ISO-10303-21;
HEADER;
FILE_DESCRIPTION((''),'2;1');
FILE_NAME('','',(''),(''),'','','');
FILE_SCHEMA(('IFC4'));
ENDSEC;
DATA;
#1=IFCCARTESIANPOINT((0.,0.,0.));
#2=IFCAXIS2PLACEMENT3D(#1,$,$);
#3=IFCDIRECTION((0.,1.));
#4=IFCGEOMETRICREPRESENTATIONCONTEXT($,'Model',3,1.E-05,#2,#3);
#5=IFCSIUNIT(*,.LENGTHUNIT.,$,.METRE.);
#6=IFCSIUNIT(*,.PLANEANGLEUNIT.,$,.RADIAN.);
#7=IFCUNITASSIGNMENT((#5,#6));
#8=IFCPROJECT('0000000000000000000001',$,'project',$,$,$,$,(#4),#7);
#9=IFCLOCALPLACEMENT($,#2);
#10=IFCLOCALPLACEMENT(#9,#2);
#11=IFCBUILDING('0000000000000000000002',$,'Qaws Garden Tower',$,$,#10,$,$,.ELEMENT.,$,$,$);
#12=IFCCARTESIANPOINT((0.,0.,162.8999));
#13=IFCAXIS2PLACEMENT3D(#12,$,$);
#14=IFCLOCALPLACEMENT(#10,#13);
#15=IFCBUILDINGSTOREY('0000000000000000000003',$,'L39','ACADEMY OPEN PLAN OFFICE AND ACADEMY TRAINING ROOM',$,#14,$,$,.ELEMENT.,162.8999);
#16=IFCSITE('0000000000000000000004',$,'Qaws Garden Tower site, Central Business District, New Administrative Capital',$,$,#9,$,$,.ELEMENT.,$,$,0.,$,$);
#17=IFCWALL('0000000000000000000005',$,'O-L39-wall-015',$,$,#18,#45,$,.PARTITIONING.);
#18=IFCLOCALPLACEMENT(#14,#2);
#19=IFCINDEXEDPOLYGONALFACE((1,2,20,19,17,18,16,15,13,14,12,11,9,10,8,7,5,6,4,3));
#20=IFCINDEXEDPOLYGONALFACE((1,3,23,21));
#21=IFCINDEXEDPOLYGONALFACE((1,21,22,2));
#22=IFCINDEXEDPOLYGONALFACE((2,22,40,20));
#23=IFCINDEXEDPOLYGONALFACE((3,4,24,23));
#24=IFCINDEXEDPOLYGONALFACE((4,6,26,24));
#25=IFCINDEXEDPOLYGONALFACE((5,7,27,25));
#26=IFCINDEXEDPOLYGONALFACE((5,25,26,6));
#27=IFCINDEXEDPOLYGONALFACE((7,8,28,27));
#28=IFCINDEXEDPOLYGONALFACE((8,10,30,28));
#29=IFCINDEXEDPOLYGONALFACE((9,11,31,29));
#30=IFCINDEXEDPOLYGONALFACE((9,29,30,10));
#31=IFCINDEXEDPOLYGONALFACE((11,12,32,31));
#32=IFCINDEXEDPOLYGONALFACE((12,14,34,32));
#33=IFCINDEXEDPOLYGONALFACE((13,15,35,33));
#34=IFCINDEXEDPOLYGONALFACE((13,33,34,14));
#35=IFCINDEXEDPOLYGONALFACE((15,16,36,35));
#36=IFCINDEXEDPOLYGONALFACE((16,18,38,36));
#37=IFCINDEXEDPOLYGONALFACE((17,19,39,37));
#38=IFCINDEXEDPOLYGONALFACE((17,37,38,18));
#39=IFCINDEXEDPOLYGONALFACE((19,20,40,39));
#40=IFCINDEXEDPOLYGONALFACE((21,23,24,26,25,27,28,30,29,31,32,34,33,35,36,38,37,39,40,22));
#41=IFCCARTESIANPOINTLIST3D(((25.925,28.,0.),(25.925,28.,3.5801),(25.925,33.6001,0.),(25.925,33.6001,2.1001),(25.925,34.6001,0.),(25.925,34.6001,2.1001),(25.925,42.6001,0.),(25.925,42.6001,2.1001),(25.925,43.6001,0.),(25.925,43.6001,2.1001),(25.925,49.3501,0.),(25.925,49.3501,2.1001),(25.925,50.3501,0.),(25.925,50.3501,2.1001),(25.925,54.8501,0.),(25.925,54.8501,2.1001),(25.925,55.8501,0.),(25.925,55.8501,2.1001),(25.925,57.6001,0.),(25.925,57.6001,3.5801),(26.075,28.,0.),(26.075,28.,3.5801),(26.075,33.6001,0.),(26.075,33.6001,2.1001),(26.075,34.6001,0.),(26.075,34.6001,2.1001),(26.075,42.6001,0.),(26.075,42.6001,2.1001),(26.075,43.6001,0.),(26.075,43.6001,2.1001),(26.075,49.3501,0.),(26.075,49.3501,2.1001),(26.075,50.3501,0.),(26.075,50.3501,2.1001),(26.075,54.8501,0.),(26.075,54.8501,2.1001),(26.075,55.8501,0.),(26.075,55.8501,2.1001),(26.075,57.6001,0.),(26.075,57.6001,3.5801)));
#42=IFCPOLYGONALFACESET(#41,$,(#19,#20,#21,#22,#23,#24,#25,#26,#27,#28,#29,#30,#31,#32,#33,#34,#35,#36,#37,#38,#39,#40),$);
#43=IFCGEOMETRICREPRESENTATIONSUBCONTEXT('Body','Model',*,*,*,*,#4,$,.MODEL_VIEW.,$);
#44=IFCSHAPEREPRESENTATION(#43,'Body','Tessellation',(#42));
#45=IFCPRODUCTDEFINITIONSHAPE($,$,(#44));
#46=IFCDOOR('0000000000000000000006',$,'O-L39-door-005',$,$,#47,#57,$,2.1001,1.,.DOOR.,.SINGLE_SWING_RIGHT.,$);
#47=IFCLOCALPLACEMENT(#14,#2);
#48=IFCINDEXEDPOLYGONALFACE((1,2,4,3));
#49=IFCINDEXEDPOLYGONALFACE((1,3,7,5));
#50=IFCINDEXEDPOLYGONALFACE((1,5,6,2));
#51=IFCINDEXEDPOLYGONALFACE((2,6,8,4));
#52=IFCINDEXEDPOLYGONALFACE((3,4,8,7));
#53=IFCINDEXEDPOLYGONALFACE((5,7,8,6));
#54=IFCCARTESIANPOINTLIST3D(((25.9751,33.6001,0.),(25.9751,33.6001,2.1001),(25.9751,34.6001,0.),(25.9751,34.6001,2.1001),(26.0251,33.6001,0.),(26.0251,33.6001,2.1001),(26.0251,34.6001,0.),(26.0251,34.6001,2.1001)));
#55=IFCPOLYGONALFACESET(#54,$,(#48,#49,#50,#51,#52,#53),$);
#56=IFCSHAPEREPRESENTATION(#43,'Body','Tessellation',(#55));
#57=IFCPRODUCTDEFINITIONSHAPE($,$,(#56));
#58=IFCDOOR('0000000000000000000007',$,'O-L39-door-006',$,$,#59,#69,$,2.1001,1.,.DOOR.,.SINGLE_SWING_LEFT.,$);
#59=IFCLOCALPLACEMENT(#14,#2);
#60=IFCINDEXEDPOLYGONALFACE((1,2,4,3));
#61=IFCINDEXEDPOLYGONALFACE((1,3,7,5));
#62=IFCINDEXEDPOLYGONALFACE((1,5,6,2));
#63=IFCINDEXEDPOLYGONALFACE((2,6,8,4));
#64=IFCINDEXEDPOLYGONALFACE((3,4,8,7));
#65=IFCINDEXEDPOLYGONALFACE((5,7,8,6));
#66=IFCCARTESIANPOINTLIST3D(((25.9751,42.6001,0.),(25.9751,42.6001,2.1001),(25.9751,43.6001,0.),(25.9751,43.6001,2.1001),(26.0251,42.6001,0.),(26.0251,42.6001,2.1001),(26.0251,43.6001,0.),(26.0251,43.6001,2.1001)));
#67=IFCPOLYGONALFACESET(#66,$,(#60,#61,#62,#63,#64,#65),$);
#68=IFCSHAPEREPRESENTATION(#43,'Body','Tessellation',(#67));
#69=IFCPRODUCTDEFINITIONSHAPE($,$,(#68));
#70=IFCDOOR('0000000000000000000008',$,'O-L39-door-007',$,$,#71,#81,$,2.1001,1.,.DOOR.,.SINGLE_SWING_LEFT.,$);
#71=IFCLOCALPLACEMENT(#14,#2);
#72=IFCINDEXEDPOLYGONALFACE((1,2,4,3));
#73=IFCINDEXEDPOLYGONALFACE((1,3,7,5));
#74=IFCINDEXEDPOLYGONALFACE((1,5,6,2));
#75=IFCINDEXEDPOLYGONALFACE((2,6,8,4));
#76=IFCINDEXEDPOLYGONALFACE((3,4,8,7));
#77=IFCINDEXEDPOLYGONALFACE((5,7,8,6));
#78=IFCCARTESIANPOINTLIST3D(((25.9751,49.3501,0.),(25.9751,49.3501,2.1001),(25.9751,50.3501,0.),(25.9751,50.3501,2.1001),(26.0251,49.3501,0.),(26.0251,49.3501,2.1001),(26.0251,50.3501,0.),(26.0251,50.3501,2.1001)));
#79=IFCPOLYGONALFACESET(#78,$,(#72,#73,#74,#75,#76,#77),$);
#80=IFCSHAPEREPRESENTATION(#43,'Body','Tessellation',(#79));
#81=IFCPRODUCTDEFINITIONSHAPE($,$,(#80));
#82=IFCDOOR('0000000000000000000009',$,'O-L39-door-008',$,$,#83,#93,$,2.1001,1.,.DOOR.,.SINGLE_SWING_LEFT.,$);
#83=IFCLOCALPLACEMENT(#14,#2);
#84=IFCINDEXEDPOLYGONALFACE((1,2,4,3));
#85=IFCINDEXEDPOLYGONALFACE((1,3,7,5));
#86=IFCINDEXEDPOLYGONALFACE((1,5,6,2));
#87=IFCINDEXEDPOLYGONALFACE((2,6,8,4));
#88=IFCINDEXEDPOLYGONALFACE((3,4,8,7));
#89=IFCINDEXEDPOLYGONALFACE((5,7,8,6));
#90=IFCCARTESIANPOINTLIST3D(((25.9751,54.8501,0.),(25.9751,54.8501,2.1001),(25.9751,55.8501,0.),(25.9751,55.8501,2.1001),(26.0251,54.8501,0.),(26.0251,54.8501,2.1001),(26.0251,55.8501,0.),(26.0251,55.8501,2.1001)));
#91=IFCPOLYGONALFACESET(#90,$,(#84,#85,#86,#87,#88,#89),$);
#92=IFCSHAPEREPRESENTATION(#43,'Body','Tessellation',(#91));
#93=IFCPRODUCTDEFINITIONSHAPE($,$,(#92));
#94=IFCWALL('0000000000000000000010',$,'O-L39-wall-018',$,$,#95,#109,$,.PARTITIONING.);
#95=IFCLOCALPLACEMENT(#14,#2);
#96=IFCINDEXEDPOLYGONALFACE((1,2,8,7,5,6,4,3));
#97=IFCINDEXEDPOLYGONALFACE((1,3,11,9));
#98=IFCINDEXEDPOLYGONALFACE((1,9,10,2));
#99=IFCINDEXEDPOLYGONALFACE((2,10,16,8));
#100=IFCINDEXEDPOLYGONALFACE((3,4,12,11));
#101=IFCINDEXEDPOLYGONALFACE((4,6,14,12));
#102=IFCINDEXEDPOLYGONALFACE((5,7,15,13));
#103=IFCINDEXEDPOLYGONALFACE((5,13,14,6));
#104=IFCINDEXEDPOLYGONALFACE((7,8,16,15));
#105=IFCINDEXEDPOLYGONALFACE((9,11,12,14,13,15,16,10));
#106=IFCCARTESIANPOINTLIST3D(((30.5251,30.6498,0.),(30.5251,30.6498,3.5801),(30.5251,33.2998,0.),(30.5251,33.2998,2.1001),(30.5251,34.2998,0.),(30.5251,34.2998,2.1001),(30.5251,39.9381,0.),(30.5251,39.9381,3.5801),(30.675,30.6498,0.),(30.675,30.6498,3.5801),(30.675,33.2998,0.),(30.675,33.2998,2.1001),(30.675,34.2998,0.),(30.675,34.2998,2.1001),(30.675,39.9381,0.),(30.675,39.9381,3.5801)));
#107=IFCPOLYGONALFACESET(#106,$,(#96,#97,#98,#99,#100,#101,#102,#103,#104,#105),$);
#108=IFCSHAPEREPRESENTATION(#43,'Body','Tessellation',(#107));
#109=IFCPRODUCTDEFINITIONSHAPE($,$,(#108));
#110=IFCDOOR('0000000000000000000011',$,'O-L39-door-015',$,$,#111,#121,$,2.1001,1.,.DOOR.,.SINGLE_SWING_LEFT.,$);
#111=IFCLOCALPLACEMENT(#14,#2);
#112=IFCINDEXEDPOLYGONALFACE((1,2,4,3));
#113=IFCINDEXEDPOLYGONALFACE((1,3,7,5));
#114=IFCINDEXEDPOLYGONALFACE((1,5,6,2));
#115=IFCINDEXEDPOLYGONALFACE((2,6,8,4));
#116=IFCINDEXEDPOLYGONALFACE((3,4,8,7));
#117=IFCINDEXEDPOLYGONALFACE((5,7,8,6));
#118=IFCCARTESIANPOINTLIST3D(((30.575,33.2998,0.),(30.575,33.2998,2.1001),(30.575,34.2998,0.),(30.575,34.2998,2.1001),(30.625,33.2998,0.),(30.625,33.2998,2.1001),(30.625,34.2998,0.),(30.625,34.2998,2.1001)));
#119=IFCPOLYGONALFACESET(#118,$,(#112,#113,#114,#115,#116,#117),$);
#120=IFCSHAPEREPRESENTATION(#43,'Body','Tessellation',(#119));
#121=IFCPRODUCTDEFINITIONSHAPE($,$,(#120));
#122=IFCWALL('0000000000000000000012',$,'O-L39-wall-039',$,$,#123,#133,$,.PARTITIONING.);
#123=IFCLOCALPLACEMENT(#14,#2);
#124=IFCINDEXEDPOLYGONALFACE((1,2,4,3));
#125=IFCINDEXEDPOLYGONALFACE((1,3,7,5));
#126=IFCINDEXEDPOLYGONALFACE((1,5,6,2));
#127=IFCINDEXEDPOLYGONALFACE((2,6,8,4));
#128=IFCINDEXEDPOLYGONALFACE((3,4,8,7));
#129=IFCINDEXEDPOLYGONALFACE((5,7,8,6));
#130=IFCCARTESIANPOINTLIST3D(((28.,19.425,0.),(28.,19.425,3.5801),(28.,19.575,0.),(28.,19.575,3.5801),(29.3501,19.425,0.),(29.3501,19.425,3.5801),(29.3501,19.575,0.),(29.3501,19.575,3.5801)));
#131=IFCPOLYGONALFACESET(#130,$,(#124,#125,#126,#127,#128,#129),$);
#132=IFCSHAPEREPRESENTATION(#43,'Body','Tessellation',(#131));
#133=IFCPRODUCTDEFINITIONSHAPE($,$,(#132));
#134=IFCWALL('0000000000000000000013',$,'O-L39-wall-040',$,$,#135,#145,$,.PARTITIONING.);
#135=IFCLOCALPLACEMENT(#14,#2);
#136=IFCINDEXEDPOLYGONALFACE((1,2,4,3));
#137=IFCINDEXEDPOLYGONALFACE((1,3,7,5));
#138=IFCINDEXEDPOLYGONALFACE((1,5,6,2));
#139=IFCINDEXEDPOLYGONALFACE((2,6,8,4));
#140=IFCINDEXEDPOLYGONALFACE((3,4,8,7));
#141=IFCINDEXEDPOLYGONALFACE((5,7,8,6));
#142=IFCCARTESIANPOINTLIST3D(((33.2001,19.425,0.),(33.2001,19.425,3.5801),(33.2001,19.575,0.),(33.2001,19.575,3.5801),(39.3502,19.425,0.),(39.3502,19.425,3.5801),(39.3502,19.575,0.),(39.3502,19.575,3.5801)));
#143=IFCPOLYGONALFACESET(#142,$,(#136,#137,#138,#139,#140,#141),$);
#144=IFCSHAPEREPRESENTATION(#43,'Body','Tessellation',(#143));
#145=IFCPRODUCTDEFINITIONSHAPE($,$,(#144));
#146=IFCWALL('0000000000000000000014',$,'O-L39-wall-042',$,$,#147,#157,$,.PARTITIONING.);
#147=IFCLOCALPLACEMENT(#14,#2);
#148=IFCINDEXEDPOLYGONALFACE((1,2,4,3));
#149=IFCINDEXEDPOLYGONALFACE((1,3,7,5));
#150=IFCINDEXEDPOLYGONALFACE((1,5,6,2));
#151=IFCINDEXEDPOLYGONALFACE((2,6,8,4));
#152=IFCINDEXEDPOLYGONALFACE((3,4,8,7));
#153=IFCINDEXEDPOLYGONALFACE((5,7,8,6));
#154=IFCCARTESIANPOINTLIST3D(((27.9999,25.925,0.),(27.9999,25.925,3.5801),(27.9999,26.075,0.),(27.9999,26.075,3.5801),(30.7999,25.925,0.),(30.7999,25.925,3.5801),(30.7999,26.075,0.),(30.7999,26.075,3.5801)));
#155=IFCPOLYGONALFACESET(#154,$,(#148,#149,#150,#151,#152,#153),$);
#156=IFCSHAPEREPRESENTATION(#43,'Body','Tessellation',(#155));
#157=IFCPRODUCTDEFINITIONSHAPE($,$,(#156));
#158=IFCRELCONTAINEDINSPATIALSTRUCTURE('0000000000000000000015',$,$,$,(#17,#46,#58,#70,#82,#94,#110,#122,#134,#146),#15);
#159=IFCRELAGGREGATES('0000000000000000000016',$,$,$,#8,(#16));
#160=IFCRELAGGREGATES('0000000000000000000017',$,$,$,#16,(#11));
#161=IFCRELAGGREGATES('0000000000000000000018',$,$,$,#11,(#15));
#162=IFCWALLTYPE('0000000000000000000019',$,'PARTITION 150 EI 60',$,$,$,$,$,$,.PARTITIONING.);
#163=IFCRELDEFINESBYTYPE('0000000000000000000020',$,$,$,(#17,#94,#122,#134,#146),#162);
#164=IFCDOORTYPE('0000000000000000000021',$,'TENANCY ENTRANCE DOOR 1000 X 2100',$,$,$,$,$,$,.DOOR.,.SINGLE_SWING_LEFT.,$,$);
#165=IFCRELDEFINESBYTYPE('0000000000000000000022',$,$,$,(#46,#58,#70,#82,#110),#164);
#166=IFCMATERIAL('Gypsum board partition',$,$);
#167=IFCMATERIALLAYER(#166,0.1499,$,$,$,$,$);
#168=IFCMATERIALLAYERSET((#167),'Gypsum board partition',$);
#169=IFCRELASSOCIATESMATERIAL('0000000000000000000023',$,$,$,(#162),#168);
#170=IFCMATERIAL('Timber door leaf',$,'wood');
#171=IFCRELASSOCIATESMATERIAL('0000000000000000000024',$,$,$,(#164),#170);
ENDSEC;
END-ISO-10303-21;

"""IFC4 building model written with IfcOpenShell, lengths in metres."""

from ifc_helpers import new_model, si_unit, direction, frame, frame_2d, origin, place, context, subcontext, project, spatial, rectangle, extrude, material, layer, layer_set, type_object, element, fill, save


model = new_model("IFC4")

# Units and contexts
model_context = context("Model", 3, precision=1e-05, world=origin(), true_north=direction((0.0, 1.0)))
body_context = subcontext(model_context, "Body", "Model", "MODEL_VIEW")
ifc_project = project(units=[si_unit("LENGTHUNIT", "METRE"), si_unit("PLANEANGLEUNIT", "RADIAN")], contexts=[model_context])

# Site, building, storey
site_placement = place(None, origin())
site = spatial("IfcSite", under=ifc_project, at=site_placement, Name="Qaws Garden Tower site, Central Business District, New Administrative Capital", CompositionType="ELEMENT", RefElevation=0.0)
building_placement = place(site_placement, origin())
building = spatial("IfcBuilding", under=site, at=building_placement, Name="Qaws Garden Tower", CompositionType="ELEMENT")
storey_placement = place(building_placement, frame((0.0, 0.0, 162.8999)))
storey = spatial("IfcBuildingStorey", under=building, at=storey_placement, Name="L39", Description="ACADEMY OPEN PLAN OFFICE AND ACADEMY TRAINING ROOM", CompositionType="ELEMENT", Elevation=162.8999)

# Shared definitions
ifc_material_1 = material(Name="Gypsum board partition")
ifc_layer_1 = layer(ifc_material_1, 0.1499)
ifc_layer_set_1 = layer_set([ifc_layer_1], Name="Gypsum board partition")
wall_type_1 = type_object("IfcWallType", Name="PARTITION 150 EI 60", PredefinedType="PARTITIONING", material=ifc_layer_set_1)

# Wall, openings, doors
wall_1_placement = place(storey_placement, frame((26.0, 28.0, 0.0), z_axis=(0.0, 0.0, 1.0), x_axis=(0.0, 1.0, 0.0)))
wall_1 = element("IfcWall", 1, at=wall_1_placement, inside=storey, type_object=wall_type_1, Name="O-L39-wall-015", PredefinedType="PARTITIONING", context=body_context, shape_type="SweptSolid", body=[
    extrude(rectangle(XDim=29.6001, YDim=0.1499, at=frame_2d((14.8, 0.0))), origin(), (0.0, 0.0, 1.0), 3.5801),
])
opening_1_placement = place(wall_1_placement, frame((5.6001, 0.0, 0.0)))
opening_1 = element("IfcOpeningElement", 2, at=opening_1_placement, cuts=wall_1, PredefinedType="OPENING", context=body_context, shape_type="SweptSolid", body=[
    extrude(rectangle(XDim=1.0, YDim=2.1001, at=frame_2d((0.5, 1.05))), frame((0.0, 0.085, 0.0), z_axis=(0.0, -1.0, 0.0), x_axis=(1.0, 0.0, 0.0)), (0.0, 0.0, 1.0), 0.1699),
])
opening_2_placement = place(wall_1_placement, frame((14.6001, 0.0, 0.0)))
opening_2 = element("IfcOpeningElement", 3, at=opening_2_placement, cuts=wall_1, PredefinedType="OPENING", context=body_context, shape_type="SweptSolid", body=[
    extrude(rectangle(XDim=1.0, YDim=2.1001, at=frame_2d((0.5, 1.05))), frame((0.0, 0.085, 0.0), z_axis=(0.0, -1.0, 0.0), x_axis=(1.0, 0.0, 0.0)), (0.0, 0.0, 1.0), 0.1699),
])
opening_3_placement = place(wall_1_placement, frame((21.3501, 0.0, 0.0)))
opening_3 = element("IfcOpeningElement", 4, at=opening_3_placement, cuts=wall_1, PredefinedType="OPENING", context=body_context, shape_type="SweptSolid", body=[
    extrude(rectangle(XDim=1.0, YDim=2.1001, at=frame_2d((0.5, 1.05))), frame((0.0, 0.085, 0.0), z_axis=(0.0, -1.0, 0.0), x_axis=(1.0, 0.0, 0.0)), (0.0, 0.0, 1.0), 0.1699),
])
opening_4_placement = place(wall_1_placement, frame((26.8501, 0.0, 0.0)))
opening_4 = element("IfcOpeningElement", 5, at=opening_4_placement, cuts=wall_1, PredefinedType="OPENING", context=body_context, shape_type="SweptSolid", body=[
    extrude(rectangle(XDim=1.0, YDim=2.1001, at=frame_2d((0.5, 1.05))), frame((0.0, 0.085, 0.0), z_axis=(0.0, -1.0, 0.0), x_axis=(1.0, 0.0, 0.0)), (0.0, 0.0, 1.0), 0.1699),
])
ifc_material_2 = material(Name="Timber door leaf", Category="wood")
door_type_1 = type_object("IfcDoorType", Name="TENANCY ENTRANCE DOOR 1000 X 2100", OperationType="SINGLE_SWING_LEFT", PredefinedType="DOOR", material=ifc_material_2)
door_1_placement = place(opening_1_placement, origin())
door_1 = element("IfcDoor", 6, at=door_1_placement, inside=storey, type_object=door_type_1, Name="O-L39-door-005", OperationType="SINGLE_SWING_RIGHT", OverallHeight=2.1001, OverallWidth=1.0, PredefinedType="DOOR", context=body_context, shape_type="SweptSolid", body=[
    extrude(rectangle(XDim=1.0, YDim=2.1001, at=frame_2d((0.5, 1.05))), frame((0.0, 0.0249, 0.0), z_axis=(0.0, -1.0, 0.0), x_axis=(1.0, 0.0, 0.0)), (0.0, 0.0, 1.0), 0.05),
])
fill(opening_1, door_1)
door_2_placement = place(opening_2_placement, origin())
door_2 = element("IfcDoor", 7, at=door_2_placement, inside=storey, type_object=door_type_1, Name="O-L39-door-006", OperationType="SINGLE_SWING_LEFT", OverallHeight=2.1001, OverallWidth=1.0, PredefinedType="DOOR", context=body_context, shape_type="SweptSolid", body=[
    extrude(rectangle(XDim=1.0, YDim=2.1001, at=frame_2d((0.5, 1.05))), frame((0.0, 0.0249, 0.0), z_axis=(0.0, -1.0, 0.0), x_axis=(1.0, 0.0, 0.0)), (0.0, 0.0, 1.0), 0.05),
])
fill(opening_2, door_2)
door_3_placement = place(opening_3_placement, origin())
door_3 = element("IfcDoor", 8, at=door_3_placement, inside=storey, type_object=door_type_1, Name="O-L39-door-007", OperationType="SINGLE_SWING_LEFT", OverallHeight=2.1001, OverallWidth=1.0, PredefinedType="DOOR", context=body_context, shape_type="SweptSolid", body=[
    extrude(rectangle(XDim=1.0, YDim=2.1001, at=frame_2d((0.5, 1.05))), frame((0.0, 0.0249, 0.0), z_axis=(0.0, -1.0, 0.0), x_axis=(1.0, 0.0, 0.0)), (0.0, 0.0, 1.0), 0.05),
])
fill(opening_3, door_3)
door_4_placement = place(opening_4_placement, origin())
door_4 = element("IfcDoor", 9, at=door_4_placement, inside=storey, type_object=door_type_1, Name="O-L39-door-008", OperationType="SINGLE_SWING_LEFT", OverallHeight=2.1001, OverallWidth=1.0, PredefinedType="DOOR", context=body_context, shape_type="SweptSolid", body=[
    extrude(rectangle(XDim=1.0, YDim=2.1001, at=frame_2d((0.5, 1.05))), frame((0.0, 0.0249, 0.0), z_axis=(0.0, -1.0, 0.0), x_axis=(1.0, 0.0, 0.0)), (0.0, 0.0, 1.0), 0.05),
])
fill(opening_4, door_4)

# Wall, opening, door
wall_2_placement = place(storey_placement, frame((30.6001, 30.6499, 0.0), z_axis=(0.0, 0.0, 1.0), x_axis=(0.0, 1.0, 0.0)))
wall_2 = element("IfcWall", 10, at=wall_2_placement, inside=storey, type_object=wall_type_1, Name="O-L39-wall-018", PredefinedType="PARTITIONING", context=body_context, shape_type="SweptSolid", body=[
    extrude(rectangle(XDim=9.2883, YDim=0.1499, at=frame_2d((4.644, 0.0))), origin(), (0.0, 0.0, 1.0), 3.5801),
])
opening_5_placement = place(wall_2_placement, frame((2.6499, 0.0, 0.0)))
opening_5 = element("IfcOpeningElement", 11, at=opening_5_placement, cuts=wall_2, PredefinedType="OPENING", context=body_context, shape_type="SweptSolid", body=[
    extrude(rectangle(XDim=1.0, YDim=2.1001, at=frame_2d((0.5, 1.05))), frame((0.0, 0.085, 0.0), z_axis=(0.0, -1.0, 0.0), x_axis=(1.0, 0.0, 0.0)), (0.0, 0.0, 1.0), 0.1699),
])
door_5_placement = place(opening_5_placement, frame((1.0, 0.0, 0.0), z_axis=(0.0, 0.0, 1.0), x_axis=(-1.0, 0.0, 0.0)))
door_5 = element("IfcDoor", 12, at=door_5_placement, inside=storey, type_object=door_type_1, Name="O-L39-door-015", OperationType="SINGLE_SWING_LEFT", OverallHeight=2.1001, OverallWidth=1.0, PredefinedType="DOOR", context=body_context, shape_type="SweptSolid", body=[
    extrude(rectangle(XDim=1.0, YDim=2.1001, at=frame_2d((0.5, 1.05))), frame((0.0, 0.0249, 0.0), z_axis=(0.0, -1.0, 0.0), x_axis=(1.0, 0.0, 0.0)), (0.0, 0.0, 1.0), 0.05),
])
fill(opening_5, door_5)

# Walls
wall_3_placement = place(storey_placement, frame((28.0, 19.5, 0.0), z_axis=(0.0, 0.0, 1.0), x_axis=(1.0, 0.0, 0.0)))
element("IfcWall", 13, at=wall_3_placement, inside=storey, type_object=wall_type_1, Name="O-L39-wall-039", PredefinedType="PARTITIONING", context=body_context, shape_type="SweptSolid", body=[
    extrude(rectangle(XDim=1.3501, YDim=0.1499, at=frame_2d((0.675, 0.0))), origin(), (0.0, 0.0, 1.0), 3.5801),
])
wall_4_placement = place(storey_placement, frame((33.2, 19.5, 0.0), z_axis=(0.0, 0.0, 1.0), x_axis=(1.0, 0.0, 0.0)))
element("IfcWall", 14, at=wall_4_placement, inside=storey, type_object=wall_type_1, Name="O-L39-wall-040", PredefinedType="PARTITIONING", context=body_context, shape_type="SweptSolid", body=[
    extrude(rectangle(XDim=6.1501, YDim=0.1499, at=frame_2d((3.0752, 0.0))), origin(), (0.0, 0.0, 1.0), 3.5801),
])
wall_5_placement = place(storey_placement, frame((28.0, 26.0, 0.0), z_axis=(0.0, 0.0, 1.0), x_axis=(1.0, 0.0, 0.0)))
element("IfcWall", 15, at=wall_5_placement, inside=storey, type_object=wall_type_1, Name="O-L39-wall-042", PredefinedType="PARTITIONING", context=body_context, shape_type="SweptSolid", body=[
    extrude(rectangle(XDim=2.8, YDim=0.1499, at=frame_2d((1.3999, 0.0))), origin(), (0.0, 0.0, 1.0), 3.5801),
])

save(model, "model.ifc")
